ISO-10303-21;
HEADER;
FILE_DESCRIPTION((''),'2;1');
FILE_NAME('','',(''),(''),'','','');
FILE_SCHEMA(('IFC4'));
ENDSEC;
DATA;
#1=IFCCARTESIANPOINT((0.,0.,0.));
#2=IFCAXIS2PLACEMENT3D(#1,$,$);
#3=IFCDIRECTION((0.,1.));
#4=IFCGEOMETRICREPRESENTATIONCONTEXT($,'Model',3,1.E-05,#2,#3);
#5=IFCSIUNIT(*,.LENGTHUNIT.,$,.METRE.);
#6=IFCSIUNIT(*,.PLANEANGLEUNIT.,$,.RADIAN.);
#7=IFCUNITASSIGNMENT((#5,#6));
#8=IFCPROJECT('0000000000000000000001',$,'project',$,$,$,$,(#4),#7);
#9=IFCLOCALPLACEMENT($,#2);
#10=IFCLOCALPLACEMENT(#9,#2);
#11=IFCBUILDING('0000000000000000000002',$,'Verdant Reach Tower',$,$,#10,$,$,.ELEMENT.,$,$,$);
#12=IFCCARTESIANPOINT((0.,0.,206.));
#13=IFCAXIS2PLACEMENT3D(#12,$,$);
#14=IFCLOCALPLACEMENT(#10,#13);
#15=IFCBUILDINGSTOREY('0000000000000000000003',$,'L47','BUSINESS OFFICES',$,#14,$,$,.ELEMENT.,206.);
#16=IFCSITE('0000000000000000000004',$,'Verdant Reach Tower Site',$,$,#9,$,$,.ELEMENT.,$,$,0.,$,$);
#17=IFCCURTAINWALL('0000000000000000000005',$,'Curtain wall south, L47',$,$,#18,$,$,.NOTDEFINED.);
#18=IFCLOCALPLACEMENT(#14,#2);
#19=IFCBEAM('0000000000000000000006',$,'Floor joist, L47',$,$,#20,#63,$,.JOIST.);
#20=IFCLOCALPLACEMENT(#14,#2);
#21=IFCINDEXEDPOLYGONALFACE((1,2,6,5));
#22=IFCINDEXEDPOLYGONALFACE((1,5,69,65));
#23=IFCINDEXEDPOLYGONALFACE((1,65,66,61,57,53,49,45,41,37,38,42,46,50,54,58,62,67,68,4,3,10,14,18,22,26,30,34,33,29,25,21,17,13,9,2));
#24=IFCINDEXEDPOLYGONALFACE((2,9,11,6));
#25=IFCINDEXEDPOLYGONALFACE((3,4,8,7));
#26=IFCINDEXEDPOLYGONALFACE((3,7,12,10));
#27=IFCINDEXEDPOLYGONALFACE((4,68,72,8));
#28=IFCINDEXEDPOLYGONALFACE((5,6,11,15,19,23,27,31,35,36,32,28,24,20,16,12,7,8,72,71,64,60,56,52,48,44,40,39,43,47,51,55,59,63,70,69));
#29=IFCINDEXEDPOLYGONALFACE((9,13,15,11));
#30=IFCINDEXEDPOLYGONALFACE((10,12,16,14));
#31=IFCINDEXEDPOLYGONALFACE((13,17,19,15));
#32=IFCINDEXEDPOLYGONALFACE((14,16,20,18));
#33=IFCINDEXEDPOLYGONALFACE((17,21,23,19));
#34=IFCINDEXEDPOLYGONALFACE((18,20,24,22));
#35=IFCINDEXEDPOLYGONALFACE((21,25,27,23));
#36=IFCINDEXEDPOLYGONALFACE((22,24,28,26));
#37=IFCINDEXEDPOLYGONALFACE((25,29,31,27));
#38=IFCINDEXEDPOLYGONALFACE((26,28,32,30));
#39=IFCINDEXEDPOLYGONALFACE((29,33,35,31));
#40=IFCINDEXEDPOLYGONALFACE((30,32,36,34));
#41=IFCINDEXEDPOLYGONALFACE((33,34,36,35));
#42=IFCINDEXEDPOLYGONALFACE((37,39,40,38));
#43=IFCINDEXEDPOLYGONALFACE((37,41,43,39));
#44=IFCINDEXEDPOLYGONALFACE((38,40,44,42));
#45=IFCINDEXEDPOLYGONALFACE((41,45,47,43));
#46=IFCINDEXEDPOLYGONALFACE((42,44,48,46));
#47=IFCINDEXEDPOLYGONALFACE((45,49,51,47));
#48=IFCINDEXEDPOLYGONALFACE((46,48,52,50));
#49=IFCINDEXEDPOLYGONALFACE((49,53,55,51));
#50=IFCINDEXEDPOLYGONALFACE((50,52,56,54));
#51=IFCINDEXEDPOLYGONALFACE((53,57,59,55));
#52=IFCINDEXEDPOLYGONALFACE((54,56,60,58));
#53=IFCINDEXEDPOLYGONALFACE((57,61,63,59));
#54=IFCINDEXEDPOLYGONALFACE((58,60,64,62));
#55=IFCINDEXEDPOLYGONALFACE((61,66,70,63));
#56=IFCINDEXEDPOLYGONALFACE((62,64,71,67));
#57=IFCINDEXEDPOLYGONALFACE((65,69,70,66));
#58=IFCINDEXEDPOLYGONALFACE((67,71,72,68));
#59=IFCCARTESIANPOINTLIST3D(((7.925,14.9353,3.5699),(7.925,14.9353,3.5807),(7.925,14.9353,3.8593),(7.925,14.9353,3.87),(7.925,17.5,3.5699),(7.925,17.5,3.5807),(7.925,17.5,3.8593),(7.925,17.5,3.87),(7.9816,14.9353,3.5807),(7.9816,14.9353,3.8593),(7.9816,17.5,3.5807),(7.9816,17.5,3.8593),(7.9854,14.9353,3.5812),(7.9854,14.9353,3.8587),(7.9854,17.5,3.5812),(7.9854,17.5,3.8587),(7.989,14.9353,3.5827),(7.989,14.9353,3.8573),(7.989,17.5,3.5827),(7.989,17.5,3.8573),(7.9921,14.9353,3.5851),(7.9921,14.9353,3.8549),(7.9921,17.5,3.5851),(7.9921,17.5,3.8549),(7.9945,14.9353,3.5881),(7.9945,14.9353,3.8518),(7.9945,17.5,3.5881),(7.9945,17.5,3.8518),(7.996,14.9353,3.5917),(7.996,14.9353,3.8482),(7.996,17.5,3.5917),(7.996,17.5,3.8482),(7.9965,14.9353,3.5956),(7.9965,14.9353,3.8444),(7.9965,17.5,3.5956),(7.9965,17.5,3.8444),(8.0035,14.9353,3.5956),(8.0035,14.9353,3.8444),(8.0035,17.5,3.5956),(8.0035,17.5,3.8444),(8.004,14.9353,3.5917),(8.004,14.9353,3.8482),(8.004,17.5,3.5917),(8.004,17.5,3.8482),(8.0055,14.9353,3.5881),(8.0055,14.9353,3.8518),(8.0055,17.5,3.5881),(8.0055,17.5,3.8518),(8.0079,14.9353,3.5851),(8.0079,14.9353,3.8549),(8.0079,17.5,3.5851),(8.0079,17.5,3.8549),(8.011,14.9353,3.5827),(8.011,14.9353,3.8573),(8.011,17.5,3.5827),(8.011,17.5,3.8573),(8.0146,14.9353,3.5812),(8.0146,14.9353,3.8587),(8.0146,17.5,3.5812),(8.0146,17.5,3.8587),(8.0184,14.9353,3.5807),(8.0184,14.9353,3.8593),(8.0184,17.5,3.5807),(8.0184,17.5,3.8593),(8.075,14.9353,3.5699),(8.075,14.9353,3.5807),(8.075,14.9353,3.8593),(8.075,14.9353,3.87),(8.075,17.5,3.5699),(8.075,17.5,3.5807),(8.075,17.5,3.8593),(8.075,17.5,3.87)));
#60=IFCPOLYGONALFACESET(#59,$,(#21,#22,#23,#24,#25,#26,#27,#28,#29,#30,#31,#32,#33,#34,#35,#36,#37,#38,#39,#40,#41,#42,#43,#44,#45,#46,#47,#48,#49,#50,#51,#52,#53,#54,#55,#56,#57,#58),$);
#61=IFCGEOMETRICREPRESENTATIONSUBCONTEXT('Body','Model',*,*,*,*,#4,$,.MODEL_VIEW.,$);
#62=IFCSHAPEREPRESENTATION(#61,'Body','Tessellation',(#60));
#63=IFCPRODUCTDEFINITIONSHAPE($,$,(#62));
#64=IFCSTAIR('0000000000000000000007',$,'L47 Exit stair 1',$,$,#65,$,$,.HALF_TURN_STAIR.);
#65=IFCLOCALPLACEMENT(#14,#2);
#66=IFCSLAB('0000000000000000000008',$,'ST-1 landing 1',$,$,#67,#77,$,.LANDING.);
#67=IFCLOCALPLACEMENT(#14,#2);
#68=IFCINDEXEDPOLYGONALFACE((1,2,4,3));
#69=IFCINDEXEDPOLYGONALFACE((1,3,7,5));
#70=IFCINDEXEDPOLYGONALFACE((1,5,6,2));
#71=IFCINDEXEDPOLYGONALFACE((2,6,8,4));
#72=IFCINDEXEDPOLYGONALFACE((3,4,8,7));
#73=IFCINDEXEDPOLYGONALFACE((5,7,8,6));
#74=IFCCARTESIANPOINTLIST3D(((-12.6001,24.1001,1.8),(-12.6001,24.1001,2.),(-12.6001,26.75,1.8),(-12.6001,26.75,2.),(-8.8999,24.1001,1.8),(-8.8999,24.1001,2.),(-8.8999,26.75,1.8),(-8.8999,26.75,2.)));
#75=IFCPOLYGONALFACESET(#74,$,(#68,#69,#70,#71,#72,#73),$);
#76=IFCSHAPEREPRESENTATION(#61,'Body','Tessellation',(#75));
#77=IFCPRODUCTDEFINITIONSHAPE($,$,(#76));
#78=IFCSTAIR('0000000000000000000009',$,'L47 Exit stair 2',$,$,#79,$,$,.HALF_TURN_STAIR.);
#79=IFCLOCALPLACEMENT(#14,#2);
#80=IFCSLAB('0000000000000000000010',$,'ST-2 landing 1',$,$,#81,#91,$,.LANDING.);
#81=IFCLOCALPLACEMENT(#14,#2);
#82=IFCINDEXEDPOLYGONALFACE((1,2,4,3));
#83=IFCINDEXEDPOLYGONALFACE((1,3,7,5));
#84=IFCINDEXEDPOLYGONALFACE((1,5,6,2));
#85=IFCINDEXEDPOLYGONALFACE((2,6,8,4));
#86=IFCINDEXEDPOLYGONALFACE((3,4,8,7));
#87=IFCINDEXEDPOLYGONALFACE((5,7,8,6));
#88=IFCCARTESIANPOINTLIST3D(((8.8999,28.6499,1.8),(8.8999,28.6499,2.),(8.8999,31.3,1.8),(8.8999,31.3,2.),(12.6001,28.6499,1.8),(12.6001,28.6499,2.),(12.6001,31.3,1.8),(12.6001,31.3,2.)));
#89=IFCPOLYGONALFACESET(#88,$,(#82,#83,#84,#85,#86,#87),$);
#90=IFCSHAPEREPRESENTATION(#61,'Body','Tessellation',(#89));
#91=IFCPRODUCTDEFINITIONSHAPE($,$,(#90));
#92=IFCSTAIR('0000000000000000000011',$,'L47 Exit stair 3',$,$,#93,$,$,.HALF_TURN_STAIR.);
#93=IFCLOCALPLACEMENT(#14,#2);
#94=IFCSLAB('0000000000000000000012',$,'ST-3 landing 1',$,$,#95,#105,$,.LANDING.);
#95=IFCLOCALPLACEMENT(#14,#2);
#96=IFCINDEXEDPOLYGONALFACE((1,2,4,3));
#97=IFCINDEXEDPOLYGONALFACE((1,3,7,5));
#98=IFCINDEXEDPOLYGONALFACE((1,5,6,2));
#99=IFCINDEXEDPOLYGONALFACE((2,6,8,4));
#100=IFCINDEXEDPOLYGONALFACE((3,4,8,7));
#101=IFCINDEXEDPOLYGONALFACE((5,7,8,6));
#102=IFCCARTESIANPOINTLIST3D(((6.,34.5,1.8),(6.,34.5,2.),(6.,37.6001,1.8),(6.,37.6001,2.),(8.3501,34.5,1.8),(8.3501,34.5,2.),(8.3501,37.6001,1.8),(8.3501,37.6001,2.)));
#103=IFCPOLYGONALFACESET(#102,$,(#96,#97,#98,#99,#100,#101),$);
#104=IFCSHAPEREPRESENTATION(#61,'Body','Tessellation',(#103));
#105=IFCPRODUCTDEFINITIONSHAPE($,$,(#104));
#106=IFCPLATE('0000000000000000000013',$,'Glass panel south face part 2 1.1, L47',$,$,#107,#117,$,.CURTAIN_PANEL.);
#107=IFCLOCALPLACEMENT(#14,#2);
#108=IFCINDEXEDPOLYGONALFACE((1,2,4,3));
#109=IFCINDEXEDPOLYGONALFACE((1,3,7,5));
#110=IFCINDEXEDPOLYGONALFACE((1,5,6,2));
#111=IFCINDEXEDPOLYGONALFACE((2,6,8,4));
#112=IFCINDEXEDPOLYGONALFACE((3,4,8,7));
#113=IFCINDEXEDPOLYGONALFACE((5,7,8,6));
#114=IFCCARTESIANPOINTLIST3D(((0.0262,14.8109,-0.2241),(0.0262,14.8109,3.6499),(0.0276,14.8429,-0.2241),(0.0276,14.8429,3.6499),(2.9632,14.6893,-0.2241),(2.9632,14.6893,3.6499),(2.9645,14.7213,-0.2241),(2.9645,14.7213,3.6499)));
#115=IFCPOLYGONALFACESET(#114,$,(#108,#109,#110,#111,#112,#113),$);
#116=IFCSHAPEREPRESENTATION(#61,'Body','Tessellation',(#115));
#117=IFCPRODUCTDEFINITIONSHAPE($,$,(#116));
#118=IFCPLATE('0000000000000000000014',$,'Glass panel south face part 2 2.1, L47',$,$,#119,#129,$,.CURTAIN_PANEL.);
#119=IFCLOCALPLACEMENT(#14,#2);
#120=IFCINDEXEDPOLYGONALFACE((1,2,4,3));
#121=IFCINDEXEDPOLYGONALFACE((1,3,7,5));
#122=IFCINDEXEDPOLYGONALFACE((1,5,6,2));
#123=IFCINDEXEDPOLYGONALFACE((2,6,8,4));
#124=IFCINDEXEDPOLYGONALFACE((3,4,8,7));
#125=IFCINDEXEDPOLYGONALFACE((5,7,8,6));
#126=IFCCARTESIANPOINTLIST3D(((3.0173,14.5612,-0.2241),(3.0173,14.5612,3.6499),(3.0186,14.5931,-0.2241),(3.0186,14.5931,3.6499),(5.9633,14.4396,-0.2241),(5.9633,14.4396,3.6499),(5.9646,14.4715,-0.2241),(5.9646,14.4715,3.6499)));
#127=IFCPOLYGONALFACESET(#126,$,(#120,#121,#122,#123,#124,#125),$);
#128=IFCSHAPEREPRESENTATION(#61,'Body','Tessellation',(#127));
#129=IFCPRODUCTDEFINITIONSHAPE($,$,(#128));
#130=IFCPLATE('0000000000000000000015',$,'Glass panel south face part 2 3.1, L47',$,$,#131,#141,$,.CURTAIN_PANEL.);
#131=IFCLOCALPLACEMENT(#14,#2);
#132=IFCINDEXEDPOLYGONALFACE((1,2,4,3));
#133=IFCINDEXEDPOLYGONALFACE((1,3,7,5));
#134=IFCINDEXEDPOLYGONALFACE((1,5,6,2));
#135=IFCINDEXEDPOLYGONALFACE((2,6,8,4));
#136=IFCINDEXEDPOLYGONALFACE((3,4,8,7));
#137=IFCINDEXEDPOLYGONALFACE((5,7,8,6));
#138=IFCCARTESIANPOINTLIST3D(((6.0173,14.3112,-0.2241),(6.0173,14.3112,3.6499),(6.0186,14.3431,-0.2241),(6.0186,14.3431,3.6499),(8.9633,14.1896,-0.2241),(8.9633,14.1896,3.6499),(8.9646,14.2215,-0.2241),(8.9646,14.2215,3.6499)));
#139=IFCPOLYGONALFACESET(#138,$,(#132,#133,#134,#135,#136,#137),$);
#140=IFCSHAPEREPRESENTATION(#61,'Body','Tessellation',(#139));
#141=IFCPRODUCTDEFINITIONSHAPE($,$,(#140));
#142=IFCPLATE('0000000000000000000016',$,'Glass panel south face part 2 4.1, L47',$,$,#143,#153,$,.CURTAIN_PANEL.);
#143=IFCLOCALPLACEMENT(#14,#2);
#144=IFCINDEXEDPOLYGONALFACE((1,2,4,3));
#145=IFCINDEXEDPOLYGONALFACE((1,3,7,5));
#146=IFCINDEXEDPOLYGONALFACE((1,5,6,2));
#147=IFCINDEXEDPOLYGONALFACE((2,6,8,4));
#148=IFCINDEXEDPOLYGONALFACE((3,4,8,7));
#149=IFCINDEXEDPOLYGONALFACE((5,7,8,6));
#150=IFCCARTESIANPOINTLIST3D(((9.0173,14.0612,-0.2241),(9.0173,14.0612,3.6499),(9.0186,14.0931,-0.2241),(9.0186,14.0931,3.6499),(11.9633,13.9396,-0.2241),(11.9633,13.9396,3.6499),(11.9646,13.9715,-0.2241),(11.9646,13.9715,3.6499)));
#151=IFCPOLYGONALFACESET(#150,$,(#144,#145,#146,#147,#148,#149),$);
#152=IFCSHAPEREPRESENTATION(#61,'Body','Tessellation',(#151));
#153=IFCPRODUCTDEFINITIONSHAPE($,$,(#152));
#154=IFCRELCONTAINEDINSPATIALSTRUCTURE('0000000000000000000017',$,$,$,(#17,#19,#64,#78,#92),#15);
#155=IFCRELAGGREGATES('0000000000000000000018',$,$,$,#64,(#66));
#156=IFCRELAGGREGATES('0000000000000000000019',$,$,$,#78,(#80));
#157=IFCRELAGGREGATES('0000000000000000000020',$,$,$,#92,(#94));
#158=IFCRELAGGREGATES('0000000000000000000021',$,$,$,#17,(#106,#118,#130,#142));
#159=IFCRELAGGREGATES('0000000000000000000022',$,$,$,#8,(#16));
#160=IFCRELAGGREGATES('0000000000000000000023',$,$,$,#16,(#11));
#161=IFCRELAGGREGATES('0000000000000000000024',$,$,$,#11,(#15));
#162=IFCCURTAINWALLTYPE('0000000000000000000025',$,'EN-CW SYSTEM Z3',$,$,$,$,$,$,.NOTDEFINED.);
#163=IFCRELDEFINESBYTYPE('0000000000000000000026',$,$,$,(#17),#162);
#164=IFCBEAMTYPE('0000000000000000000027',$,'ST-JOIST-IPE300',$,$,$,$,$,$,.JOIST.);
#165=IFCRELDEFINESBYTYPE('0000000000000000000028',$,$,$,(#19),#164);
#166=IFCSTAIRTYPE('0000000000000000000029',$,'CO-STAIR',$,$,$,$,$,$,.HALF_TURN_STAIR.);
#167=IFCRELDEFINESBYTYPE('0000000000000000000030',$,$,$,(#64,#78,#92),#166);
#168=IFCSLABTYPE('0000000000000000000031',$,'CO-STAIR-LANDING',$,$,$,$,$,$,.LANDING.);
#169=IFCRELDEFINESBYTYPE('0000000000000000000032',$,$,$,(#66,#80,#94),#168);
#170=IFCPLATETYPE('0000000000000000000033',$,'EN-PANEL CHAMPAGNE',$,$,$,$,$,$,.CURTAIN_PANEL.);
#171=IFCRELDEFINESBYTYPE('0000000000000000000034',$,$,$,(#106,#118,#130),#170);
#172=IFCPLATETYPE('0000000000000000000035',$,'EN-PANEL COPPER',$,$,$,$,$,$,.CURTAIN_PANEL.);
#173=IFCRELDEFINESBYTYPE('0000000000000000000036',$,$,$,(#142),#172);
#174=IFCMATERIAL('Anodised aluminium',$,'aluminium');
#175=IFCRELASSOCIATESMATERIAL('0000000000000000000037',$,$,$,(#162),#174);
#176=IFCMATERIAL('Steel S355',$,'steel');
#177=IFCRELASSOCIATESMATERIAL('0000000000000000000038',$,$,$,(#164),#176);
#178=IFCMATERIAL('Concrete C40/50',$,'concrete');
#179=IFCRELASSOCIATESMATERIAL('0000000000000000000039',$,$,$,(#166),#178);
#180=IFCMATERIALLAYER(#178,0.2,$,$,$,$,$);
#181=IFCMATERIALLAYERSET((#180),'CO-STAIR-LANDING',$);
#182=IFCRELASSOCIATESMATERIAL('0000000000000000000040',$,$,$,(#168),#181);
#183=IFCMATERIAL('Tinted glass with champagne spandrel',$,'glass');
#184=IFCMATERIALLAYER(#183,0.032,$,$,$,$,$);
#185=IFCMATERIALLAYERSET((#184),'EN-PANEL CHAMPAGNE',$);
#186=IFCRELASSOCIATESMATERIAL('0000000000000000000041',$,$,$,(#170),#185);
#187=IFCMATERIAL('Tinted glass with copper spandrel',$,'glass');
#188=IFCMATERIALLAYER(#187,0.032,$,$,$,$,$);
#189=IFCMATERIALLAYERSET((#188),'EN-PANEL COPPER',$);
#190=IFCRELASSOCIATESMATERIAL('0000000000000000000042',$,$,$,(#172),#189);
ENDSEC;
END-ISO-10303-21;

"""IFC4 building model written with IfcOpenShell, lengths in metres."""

from ifc_helpers import new_model, si_unit, direction, frame, origin, origin_2d, place, context, subcontext, project, spatial, polyline, rectangle, i_section, outline, extrude, material, layer, layer_set, material_profile, profile_set, type_object, element, aggregate, save


model = new_model("IFC4")

# Units and contexts
model_context = context("Model", 3, precision=1e-05, world=origin(), true_north=direction((0.0, 1.0)))
body_context = subcontext(model_context, "Body", "Model", "MODEL_VIEW")
ifc_project = project(units=[si_unit("LENGTHUNIT", "METRE"), si_unit("PLANEANGLEUNIT", "RADIAN")], contexts=[model_context])

# Site, building, storey
site_placement = place(None, origin())
site = spatial("IfcSite", under=ifc_project, at=site_placement, Name="Verdant Reach Tower Site", CompositionType="ELEMENT", RefElevation=0.0)
building_placement = place(site_placement, origin())
building = spatial("IfcBuilding", under=site, at=building_placement, Name="Verdant Reach Tower", CompositionType="ELEMENT")
storey_placement = place(building_placement, frame((0.0, 0.0, 206.0)))
storey = spatial("IfcBuildingStorey", under=building, at=storey_placement, Name="L47", Description="BUSINESS OFFICES", CompositionType="ELEMENT", Elevation=206.0)

# Curtain wall
ifc_material_1 = material(Name="Anodised aluminium", Category="aluminium")
curtain_wall_type = type_object("IfcCurtainWallType", Name="EN-CW SYSTEM Z3", PredefinedType="NOTDEFINED", material=ifc_material_1)
curtain_wall_placement = place(storey_placement, origin())
curtain_wall = element("IfcCurtainWall", 1, at=curtain_wall_placement, inside=storey, type_object=curtain_wall_type, Name="Curtain wall south, L47", PredefinedType="NOTDEFINED")

# Beam
ifc_material_2 = material(Name="Steel S355", Category="steel")
ifc_material_profile_1 = material_profile(ifc_material_2, i_section(OverallWidth=0.1499, OverallDepth=0.3, WebThickness=0.0071, FlangeThickness=0.0107, FilletRadius=0.0149, at=origin_2d()), Name="IPE 300")
ifc_profile_set_1 = profile_set([ifc_material_profile_1], Name="Steel S355")
beam_type = type_object("IfcBeamType", Name="ST-JOIST-IPE300", PredefinedType="JOIST", material=ifc_profile_set_1)
beam_1_placement = place(storey_placement, frame((8.0, 17.5, 3.72), z_axis=(0.0, -1.0, 0.0), x_axis=(1.0, 0.0, 0.0)))
element("IfcBeam", 2, at=beam_1_placement, inside=storey, type_object=beam_type, Name="Floor joist, L47", PredefinedType="JOIST", context=body_context, shape_type="SweptSolid", body=[
    extrude(i_section(OverallWidth=0.1499, OverallDepth=0.3, WebThickness=0.0071, FlangeThickness=0.0107, FilletRadius=0.0149, at=origin_2d()), origin(), (0.0, 0.0, 1.0), 2.5647),
])

# Stairs, slabs
ifc_material_3 = material(Name="Concrete C40/50", Category="concrete")
stair_type = type_object("IfcStairType", Name="CO-STAIR", PredefinedType="HALF_TURN_STAIR", material=ifc_material_3)
stair_1_placement = place(storey_placement, origin())
stair_1 = element("IfcStair", 3, at=stair_1_placement, inside=storey, type_object=stair_type, Name="L47 Exit stair 1", PredefinedType="HALF_TURN_STAIR")
ifc_layer_1 = layer(ifc_material_3, 0.2)
ifc_layer_set_1 = layer_set([ifc_layer_1], Name="CO-STAIR-LANDING")
slab_type_1 = type_object("IfcSlabType", Name="CO-STAIR-LANDING", PredefinedType="LANDING", material=ifc_layer_set_1)
slab_1_placement = place(storey_placement, frame((0.0, 0.0, 1.8)))
slab_1 = element("IfcSlab", 4, at=slab_1_placement, type_object=slab_type_1, Name="ST-1 landing 1", PredefinedType="LANDING", context=body_context, shape_type="SweptSolid", body=[
    extrude(outline(polyline([(-12.6001, 26.75), (-12.6001, 24.1001), (-8.8999, 24.1001), (-8.8999, 26.75), (-12.6001, 26.75)])), origin(), (0.0, 0.0, 1.0), 0.2),
])
aggregate(stair_1, [slab_1])
stair_2_placement = place(storey_placement, origin())
stair_2 = element("IfcStair", 5, at=stair_2_placement, inside=storey, type_object=stair_type, Name="L47 Exit stair 2", PredefinedType="HALF_TURN_STAIR")
slab_2_placement = place(storey_placement, frame((0.0, 0.0, 1.8)))
slab_2 = element("IfcSlab", 6, at=slab_2_placement, type_object=slab_type_1, Name="ST-2 landing 1", PredefinedType="LANDING", context=body_context, shape_type="SweptSolid", body=[
    extrude(outline(polyline([(12.6001, 28.6499), (12.6001, 31.3), (8.8999, 31.3), (8.8999, 28.6499), (12.6001, 28.6499)])), origin(), (0.0, 0.0, 1.0), 0.2),
])
aggregate(stair_2, [slab_2])
stair_3_placement = place(storey_placement, origin())
stair_3 = element("IfcStair", 7, at=stair_3_placement, inside=storey, type_object=stair_type, Name="L47 Exit stair 3", PredefinedType="HALF_TURN_STAIR")
slab_3_placement = place(storey_placement, frame((0.0, 0.0, 1.8)))
slab_3 = element("IfcSlab", 8, at=slab_3_placement, type_object=slab_type_1, Name="ST-3 landing 1", PredefinedType="LANDING", context=body_context, shape_type="SweptSolid", body=[
    extrude(outline(polyline([(8.3501, 37.6001), (6.0, 37.6001), (6.0, 34.5), (8.3501, 34.5), (8.3501, 37.6001)])), origin(), (0.0, 0.0, 1.0), 0.2),
])
aggregate(stair_3, [slab_3])

# Plates
ifc_material_4 = material(Name="Tinted glass with champagne spandrel", Category="glass")
ifc_layer_2 = layer(ifc_material_4, 0.032)
ifc_layer_set_2 = layer_set([ifc_layer_2], Name="EN-PANEL CHAMPAGNE")
plate_type_1 = type_object("IfcPlateType", Name="EN-PANEL CHAMPAGNE", PredefinedType="CURTAIN_PANEL", material=ifc_layer_set_2)
plate_1_placement = place(storey_placement, frame((1.4954, 14.7661, -0.2241), z_axis=(0.0, 0.0, 1.0), x_axis=(0.999144, -0.041367, 0.0)))
plate_1 = element("IfcPlate", 9, at=plate_1_placement, type_object=plate_type_1, Name="Glass panel south face part 2 1.1, L47", PredefinedType="CURTAIN_PANEL", context=body_context, shape_type="SweptSolid", body=[
    extrude(rectangle(XDim=2.9395, YDim=0.032, at=origin_2d()), origin(), (0.0, 0.0, 1.0), 3.874),
])
plate_2_placement = place(storey_placement, frame((4.491, 14.5164, -0.2241), z_axis=(0.0, 0.0, 1.0), x_axis=(0.999149, -0.041242, 0.0)))
plate_2 = element("IfcPlate", 10, at=plate_2_placement, type_object=plate_type_1, Name="Glass panel south face part 2 2.1, L47", PredefinedType="CURTAIN_PANEL", context=body_context, shape_type="SweptSolid", body=[
    extrude(rectangle(XDim=2.9485, YDim=0.032, at=origin_2d()), origin(), (0.0, 0.0, 1.0), 3.874),
])
plate_3_placement = place(storey_placement, frame((7.491, 14.2664, -0.2241), z_axis=(0.0, 0.0, 1.0), x_axis=(0.999149, -0.041242, 0.0)))
plate_3 = element("IfcPlate", 11, at=plate_3_placement, type_object=plate_type_1, Name="Glass panel south face part 2 3.1, L47", PredefinedType="CURTAIN_PANEL", context=body_context, shape_type="SweptSolid", body=[
    extrude(rectangle(XDim=2.9485, YDim=0.032, at=origin_2d()), origin(), (0.0, 0.0, 1.0), 3.874),
])
ifc_material_5 = material(Name="Tinted glass with copper spandrel", Category="glass")
ifc_layer_3 = layer(ifc_material_5, 0.032)
ifc_layer_set_3 = layer_set([ifc_layer_3], Name="EN-PANEL COPPER")
plate_type_2 = type_object("IfcPlateType", Name="EN-PANEL COPPER", PredefinedType="CURTAIN_PANEL", material=ifc_layer_set_3)
plate_4_placement = place(storey_placement, frame((10.491, 14.0164, -0.2241), z_axis=(0.0, 0.0, 1.0), x_axis=(0.999149, -0.041242, 0.0)))
plate_4 = element("IfcPlate", 12, at=plate_4_placement, type_object=plate_type_2, Name="Glass panel south face part 2 4.1, L47", PredefinedType="CURTAIN_PANEL", context=body_context, shape_type="SweptSolid", body=[
    extrude(rectangle(XDim=2.9485, YDim=0.032, at=origin_2d()), origin(), (0.0, 0.0, 1.0), 3.874),
])
aggregate(curtain_wall, [plate_1, plate_2, plate_3, plate_4])

save(model, "model.ifc")
